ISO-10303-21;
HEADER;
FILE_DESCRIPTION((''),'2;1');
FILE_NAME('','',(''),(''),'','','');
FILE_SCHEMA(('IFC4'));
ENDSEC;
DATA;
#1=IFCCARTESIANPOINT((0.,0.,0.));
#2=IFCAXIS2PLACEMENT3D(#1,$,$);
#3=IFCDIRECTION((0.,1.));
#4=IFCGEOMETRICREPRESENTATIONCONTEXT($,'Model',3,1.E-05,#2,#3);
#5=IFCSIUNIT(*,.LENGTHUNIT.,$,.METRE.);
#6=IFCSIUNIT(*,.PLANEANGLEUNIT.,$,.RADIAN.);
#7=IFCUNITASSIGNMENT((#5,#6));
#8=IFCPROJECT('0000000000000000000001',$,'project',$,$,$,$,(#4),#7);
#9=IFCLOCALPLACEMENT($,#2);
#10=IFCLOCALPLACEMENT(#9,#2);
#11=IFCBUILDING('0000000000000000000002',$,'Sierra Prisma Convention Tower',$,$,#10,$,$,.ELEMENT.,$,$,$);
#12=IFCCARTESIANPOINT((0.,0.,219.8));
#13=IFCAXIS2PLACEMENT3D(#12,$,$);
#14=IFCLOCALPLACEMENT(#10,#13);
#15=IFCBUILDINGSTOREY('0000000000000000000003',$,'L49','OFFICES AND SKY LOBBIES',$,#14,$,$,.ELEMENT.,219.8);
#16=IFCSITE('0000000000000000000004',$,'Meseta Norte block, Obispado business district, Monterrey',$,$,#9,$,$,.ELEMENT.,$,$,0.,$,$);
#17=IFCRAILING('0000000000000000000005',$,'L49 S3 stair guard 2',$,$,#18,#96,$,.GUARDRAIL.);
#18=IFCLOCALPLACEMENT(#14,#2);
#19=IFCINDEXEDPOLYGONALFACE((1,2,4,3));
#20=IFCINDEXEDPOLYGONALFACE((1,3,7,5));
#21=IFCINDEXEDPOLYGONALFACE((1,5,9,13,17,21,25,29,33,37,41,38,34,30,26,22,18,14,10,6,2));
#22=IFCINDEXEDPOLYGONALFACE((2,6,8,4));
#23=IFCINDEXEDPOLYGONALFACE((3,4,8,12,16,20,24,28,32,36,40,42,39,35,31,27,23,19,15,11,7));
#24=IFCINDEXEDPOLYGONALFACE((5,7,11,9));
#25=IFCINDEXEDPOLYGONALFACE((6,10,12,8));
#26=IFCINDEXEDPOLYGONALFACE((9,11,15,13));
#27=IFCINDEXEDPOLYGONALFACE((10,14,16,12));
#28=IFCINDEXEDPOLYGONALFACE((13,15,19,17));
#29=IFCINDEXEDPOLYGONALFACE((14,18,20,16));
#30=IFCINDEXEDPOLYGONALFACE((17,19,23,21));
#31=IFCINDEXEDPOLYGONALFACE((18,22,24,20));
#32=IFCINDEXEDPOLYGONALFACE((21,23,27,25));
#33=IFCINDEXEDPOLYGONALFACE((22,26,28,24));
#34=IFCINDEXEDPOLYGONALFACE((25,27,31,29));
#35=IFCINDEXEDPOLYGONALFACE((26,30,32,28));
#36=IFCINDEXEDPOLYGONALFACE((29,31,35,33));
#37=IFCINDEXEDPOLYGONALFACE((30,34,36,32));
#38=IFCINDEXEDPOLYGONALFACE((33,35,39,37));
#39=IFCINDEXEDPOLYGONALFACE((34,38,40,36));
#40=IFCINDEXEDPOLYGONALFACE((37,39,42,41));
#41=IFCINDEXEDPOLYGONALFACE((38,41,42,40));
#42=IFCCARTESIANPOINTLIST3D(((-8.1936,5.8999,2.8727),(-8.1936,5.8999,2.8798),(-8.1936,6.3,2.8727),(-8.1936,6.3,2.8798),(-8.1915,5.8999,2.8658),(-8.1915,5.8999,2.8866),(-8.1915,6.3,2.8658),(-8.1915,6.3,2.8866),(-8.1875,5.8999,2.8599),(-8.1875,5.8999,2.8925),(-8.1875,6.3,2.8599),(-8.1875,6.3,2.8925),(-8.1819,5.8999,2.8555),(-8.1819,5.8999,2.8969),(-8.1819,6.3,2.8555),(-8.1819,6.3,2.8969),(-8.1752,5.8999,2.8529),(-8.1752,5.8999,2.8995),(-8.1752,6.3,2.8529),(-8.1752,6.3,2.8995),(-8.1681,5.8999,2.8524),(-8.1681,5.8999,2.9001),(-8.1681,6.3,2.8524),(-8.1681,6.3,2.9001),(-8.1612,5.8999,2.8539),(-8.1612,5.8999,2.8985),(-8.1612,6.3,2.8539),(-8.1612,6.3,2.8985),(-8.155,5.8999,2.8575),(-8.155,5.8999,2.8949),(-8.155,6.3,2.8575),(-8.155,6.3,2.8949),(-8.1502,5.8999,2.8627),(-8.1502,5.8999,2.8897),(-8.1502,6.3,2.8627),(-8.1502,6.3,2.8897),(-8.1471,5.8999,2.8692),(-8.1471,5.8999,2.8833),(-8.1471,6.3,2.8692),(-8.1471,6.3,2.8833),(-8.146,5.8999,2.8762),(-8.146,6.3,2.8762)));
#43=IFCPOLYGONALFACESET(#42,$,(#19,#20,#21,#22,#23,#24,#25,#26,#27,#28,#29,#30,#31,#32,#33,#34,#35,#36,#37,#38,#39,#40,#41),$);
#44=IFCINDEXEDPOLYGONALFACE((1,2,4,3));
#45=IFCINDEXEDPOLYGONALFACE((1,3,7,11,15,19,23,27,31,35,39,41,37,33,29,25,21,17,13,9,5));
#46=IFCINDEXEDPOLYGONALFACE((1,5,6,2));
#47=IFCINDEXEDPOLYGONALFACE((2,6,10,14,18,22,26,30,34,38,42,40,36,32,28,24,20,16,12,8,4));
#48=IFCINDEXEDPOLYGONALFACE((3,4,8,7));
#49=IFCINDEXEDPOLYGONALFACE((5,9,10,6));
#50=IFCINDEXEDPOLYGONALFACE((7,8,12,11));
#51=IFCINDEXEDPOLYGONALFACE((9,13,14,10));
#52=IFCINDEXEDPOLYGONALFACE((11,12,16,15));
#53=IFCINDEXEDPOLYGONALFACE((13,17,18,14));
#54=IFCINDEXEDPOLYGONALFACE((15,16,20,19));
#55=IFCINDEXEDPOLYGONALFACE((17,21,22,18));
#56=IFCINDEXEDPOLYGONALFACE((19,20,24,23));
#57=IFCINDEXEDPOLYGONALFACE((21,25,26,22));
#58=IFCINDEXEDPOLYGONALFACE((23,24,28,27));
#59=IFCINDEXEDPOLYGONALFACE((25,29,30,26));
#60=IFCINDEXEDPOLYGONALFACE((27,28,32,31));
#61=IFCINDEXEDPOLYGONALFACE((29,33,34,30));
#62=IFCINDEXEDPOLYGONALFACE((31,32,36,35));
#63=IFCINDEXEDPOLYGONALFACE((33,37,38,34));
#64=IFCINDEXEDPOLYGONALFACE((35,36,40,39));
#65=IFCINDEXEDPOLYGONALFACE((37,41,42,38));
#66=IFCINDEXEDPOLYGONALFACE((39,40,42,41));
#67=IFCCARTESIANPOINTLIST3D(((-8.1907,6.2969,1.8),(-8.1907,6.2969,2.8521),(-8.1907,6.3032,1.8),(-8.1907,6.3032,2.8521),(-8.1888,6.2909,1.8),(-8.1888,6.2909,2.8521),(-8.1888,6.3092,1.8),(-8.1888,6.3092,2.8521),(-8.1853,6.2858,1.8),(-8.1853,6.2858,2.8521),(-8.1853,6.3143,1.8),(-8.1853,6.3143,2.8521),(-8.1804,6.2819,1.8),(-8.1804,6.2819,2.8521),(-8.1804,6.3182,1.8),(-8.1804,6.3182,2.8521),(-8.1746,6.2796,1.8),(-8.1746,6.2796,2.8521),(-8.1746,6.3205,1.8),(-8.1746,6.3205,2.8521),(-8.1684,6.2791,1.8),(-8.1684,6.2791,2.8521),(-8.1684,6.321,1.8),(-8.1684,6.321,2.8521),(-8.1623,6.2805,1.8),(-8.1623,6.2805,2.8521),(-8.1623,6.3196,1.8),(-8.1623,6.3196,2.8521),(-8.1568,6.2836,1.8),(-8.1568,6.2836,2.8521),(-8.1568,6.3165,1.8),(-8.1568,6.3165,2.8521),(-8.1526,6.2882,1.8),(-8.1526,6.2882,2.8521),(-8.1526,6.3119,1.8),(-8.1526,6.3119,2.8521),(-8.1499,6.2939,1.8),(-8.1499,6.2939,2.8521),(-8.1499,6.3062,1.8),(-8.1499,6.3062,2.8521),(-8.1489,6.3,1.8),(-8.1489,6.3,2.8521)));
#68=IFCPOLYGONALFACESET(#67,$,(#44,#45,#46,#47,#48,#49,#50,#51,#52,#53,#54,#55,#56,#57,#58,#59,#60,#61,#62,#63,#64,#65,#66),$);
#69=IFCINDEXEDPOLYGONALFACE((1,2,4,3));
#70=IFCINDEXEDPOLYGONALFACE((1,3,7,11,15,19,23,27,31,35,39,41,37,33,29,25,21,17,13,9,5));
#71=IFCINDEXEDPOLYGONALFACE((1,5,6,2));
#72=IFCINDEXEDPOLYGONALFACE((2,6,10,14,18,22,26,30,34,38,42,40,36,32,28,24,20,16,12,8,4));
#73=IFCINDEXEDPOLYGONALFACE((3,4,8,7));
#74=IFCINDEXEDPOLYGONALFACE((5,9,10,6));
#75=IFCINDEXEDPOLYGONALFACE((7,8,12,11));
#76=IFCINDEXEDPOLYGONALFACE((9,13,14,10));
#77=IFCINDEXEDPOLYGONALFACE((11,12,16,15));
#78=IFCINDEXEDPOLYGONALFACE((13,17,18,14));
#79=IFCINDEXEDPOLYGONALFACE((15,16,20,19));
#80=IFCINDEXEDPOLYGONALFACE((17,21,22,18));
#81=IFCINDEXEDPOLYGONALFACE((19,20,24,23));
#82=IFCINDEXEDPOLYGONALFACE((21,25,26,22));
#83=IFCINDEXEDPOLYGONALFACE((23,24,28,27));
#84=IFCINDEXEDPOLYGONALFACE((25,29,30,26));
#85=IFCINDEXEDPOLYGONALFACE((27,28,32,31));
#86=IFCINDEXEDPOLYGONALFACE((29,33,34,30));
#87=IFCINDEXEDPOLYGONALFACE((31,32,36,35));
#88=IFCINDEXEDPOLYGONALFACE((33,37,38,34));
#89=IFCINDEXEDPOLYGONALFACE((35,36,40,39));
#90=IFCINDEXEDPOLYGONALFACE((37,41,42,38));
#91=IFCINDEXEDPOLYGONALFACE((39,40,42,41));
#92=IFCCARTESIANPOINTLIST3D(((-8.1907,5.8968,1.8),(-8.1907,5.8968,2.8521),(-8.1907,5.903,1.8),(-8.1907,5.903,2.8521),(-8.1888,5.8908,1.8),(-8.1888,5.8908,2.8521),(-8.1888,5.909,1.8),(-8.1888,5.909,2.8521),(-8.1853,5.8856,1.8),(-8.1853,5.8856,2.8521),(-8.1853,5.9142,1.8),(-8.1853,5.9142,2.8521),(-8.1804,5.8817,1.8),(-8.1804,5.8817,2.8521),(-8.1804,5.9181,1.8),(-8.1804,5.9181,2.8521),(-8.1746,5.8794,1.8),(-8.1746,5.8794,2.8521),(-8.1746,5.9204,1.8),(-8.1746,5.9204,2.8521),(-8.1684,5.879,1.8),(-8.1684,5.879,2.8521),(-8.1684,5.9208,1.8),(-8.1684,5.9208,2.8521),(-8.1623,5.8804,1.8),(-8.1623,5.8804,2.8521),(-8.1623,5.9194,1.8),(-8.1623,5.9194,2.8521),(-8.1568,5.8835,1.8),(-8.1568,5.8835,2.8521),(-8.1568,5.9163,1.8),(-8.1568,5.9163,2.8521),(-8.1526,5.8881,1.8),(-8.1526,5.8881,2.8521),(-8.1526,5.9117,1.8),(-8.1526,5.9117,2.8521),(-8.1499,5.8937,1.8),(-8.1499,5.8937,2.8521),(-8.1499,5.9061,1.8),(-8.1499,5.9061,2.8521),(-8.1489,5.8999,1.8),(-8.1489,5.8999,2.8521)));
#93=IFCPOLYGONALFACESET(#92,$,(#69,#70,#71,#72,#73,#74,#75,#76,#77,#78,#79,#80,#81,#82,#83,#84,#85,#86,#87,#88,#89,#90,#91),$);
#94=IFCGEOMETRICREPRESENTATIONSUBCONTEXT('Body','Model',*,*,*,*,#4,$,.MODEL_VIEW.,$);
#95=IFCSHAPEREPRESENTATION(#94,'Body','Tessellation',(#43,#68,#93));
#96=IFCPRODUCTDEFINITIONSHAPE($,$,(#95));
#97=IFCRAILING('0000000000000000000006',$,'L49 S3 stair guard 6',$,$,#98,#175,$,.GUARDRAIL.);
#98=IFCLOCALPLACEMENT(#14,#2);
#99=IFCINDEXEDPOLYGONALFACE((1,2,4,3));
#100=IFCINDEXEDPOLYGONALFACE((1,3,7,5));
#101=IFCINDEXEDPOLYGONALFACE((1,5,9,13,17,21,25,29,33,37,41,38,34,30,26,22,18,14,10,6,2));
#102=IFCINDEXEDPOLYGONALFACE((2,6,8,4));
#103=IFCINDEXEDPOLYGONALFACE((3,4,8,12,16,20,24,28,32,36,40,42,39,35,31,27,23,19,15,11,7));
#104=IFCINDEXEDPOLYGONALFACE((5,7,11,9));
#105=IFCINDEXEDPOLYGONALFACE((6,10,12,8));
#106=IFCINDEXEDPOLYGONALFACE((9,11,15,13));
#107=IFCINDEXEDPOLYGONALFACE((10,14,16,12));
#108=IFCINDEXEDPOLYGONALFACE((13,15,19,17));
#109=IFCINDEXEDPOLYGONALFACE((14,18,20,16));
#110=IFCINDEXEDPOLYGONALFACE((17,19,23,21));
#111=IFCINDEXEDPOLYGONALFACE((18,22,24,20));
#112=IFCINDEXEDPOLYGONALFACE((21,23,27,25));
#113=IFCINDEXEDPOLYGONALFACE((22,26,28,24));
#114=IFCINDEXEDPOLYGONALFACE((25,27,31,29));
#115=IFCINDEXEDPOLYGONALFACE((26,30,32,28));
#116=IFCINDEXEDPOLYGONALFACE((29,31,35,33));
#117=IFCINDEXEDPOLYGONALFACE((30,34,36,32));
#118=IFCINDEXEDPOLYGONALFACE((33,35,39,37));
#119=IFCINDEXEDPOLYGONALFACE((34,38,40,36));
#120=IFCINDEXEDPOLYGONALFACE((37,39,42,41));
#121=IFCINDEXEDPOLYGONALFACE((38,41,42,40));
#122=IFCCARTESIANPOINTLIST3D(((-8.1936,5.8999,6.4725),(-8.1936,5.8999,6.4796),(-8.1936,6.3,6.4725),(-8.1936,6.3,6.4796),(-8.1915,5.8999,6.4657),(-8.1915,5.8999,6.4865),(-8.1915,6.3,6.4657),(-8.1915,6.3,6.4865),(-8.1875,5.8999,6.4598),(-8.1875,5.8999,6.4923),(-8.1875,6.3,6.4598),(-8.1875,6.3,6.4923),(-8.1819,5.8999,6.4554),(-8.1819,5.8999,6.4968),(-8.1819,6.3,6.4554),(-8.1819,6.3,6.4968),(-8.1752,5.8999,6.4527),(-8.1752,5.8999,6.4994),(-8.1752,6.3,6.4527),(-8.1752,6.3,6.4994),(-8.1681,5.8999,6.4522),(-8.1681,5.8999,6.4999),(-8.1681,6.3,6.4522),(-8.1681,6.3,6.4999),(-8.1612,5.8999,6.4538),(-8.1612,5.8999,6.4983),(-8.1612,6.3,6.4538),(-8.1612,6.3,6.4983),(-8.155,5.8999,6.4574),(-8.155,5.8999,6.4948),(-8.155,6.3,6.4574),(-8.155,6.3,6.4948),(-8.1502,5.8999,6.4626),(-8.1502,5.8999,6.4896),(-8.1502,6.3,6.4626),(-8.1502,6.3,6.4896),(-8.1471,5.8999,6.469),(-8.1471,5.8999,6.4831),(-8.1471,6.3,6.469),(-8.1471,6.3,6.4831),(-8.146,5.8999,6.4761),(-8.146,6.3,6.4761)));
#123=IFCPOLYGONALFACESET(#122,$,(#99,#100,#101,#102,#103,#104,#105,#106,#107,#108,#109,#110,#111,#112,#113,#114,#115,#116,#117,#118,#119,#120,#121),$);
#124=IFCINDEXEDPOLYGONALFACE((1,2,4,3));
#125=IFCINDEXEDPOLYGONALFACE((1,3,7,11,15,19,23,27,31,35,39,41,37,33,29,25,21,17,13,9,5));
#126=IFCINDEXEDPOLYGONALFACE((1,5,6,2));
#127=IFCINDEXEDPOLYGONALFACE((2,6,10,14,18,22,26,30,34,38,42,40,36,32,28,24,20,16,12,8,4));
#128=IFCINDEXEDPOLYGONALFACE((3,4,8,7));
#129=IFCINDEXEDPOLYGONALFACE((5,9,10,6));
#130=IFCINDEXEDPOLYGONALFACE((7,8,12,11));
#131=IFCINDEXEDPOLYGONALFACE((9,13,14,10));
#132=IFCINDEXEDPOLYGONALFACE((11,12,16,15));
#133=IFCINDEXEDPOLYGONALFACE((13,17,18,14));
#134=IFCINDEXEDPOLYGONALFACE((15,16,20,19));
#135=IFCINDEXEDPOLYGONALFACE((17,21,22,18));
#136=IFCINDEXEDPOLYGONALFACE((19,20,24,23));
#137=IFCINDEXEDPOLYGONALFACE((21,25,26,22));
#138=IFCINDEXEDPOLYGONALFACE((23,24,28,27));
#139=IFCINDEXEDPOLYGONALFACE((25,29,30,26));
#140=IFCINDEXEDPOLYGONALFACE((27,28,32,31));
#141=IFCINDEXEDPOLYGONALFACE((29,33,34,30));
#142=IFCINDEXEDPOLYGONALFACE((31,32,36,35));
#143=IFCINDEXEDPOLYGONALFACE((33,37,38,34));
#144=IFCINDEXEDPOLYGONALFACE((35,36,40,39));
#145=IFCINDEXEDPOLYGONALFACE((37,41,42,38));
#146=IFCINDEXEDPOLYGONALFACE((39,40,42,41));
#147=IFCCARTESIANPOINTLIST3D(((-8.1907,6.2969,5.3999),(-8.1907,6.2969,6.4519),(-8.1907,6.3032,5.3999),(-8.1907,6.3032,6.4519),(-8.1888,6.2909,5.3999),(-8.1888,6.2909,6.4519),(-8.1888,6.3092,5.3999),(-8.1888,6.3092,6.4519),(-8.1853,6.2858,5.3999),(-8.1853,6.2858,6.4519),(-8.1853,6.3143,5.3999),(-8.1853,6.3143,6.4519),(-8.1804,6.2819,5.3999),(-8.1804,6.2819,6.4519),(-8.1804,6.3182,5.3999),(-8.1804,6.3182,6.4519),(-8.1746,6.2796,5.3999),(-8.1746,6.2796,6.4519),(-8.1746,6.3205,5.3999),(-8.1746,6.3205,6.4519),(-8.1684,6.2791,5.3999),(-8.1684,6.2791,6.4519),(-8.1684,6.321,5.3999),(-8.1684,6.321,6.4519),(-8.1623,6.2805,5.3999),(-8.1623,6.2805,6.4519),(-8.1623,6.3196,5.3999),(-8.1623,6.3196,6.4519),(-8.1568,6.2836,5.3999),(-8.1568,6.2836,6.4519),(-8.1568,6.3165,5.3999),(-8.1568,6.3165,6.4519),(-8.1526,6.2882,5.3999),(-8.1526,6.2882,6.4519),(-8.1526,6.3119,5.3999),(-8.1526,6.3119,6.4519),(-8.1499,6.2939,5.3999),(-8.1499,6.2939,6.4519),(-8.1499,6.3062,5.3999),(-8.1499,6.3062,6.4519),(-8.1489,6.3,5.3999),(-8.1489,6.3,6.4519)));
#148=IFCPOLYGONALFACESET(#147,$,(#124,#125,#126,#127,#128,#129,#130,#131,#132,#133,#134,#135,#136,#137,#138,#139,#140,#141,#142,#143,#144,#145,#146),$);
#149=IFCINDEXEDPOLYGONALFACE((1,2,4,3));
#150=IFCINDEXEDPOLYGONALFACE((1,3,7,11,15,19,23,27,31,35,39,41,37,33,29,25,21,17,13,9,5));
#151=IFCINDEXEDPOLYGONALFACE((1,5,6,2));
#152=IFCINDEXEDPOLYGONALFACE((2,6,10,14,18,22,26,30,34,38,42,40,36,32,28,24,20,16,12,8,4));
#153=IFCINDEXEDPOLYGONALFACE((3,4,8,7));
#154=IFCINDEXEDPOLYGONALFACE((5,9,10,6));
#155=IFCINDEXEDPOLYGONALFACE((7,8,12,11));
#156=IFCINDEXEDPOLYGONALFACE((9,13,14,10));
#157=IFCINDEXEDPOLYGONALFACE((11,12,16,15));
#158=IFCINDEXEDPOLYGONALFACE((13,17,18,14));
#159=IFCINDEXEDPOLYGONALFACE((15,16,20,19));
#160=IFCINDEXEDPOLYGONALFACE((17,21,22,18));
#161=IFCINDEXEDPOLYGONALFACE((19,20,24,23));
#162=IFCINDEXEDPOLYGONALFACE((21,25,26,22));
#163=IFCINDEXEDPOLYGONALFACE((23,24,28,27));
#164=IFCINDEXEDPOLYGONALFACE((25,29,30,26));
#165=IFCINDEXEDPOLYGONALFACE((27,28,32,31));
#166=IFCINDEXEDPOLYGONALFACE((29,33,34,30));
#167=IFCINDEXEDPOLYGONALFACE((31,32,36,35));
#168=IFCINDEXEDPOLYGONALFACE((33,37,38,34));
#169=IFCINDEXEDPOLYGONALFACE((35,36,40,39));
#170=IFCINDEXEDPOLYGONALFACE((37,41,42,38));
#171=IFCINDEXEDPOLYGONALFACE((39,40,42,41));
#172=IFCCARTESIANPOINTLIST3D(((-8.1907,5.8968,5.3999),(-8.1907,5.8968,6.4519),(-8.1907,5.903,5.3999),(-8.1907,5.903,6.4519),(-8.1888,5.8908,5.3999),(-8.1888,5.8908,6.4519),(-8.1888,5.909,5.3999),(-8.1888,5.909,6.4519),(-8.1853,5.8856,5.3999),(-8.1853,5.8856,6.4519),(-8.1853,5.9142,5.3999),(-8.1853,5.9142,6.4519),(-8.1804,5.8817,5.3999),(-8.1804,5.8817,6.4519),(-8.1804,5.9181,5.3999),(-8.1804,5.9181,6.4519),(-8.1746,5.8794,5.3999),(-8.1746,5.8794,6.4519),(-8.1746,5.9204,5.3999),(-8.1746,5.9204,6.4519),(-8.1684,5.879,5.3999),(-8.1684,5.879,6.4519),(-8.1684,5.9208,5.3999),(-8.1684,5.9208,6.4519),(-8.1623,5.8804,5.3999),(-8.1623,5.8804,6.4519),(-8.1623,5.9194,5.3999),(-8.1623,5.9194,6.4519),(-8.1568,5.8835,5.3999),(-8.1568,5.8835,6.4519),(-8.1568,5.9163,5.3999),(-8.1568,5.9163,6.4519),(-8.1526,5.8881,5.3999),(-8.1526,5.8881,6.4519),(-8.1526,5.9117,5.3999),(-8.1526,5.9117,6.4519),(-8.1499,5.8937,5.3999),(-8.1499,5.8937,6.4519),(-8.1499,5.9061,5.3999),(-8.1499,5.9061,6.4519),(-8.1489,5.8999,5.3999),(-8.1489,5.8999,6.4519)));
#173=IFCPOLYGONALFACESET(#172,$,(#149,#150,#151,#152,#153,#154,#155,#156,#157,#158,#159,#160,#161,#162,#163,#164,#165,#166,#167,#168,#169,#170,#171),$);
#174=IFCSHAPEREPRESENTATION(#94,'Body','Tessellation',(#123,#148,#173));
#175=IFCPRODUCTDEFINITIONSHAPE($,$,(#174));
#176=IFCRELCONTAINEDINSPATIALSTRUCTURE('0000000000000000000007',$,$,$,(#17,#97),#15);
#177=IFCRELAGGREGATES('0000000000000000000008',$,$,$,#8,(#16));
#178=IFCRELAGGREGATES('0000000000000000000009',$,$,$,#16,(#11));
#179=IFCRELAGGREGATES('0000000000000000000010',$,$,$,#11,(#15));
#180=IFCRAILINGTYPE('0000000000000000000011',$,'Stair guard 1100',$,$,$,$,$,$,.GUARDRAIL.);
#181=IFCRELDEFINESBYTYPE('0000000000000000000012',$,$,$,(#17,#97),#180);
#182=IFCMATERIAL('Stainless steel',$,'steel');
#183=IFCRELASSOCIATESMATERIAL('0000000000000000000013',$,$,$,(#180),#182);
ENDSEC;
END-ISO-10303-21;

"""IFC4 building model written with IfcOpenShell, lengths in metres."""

from ifc_helpers import new_model, si_unit, direction, frame, origin, origin_2d, place, context, subcontext, project, spatial, circle, extrude, material, type_object, element, save


model = new_model("IFC4")

# Units and contexts
model_context = context("Model", 3, precision=1e-05, world=origin(), true_north=direction((0.0, 1.0)))
body_context = subcontext(model_context, "Body", "Model", "MODEL_VIEW")
ifc_project = project(units=[si_unit("LENGTHUNIT", "METRE"), si_unit("PLANEANGLEUNIT", "RADIAN")], contexts=[model_context])

# Site, building, storey
site_placement = place(None, origin())
site = spatial("IfcSite", under=ifc_project, at=site_placement, Name="Meseta Norte block, Obispado business district, Monterrey", CompositionType="ELEMENT", RefElevation=0.0)
building_placement = place(site_placement, origin())
building = spatial("IfcBuilding", under=site, at=building_placement, Name="Sierra Prisma Convention Tower", CompositionType="ELEMENT")
storey_placement = place(building_placement, frame((0.0, 0.0, 219.8)))
storey = spatial("IfcBuildingStorey", under=building, at=storey_placement, Name="L49", Description="OFFICES AND SKY LOBBIES", CompositionType="ELEMENT", Elevation=219.8)

# Railings
ifc_material_1 = material(Name="Stainless steel", Category="steel")
railing_type_1 = type_object("IfcRailingType", Name="Stair guard 1100", PredefinedType="GUARDRAIL", material=ifc_material_1)
for number, where, name in (
    (1, (-8.1699, 6.3, 1.8), "L49 S3 stair guard 2"),
    (2, (-8.1699, 6.3, 5.3999), "L49 S3 stair guard 6"),
):
    element("IfcRailing", number, at=place(storey_placement, frame(where)), inside=storey, type_object=railing_type_1, Name=name, PredefinedType="GUARDRAIL", context=body_context, shape_type="SweptSolid", body=[
        extrude(circle(Radius=0.0239, at=origin_2d()), frame((0.0, 0.0, 1.0762), z_axis=(0.0, -1.0, 0.0), x_axis=(1.0, 0.0, 0.0)), (0.0, 0.0, 1.0), 0.4001),
        extrude(circle(Radius=0.021, at=origin_2d()), origin(), (0.0, 0.0, 1.0), 1.052),
        extrude(circle(Radius=0.021, at=origin_2d()), frame((0.0, -0.4001, 0.0)), (0.0, 0.0, 1.0), 1.052),
    ])

save(model, "model.ifc")
